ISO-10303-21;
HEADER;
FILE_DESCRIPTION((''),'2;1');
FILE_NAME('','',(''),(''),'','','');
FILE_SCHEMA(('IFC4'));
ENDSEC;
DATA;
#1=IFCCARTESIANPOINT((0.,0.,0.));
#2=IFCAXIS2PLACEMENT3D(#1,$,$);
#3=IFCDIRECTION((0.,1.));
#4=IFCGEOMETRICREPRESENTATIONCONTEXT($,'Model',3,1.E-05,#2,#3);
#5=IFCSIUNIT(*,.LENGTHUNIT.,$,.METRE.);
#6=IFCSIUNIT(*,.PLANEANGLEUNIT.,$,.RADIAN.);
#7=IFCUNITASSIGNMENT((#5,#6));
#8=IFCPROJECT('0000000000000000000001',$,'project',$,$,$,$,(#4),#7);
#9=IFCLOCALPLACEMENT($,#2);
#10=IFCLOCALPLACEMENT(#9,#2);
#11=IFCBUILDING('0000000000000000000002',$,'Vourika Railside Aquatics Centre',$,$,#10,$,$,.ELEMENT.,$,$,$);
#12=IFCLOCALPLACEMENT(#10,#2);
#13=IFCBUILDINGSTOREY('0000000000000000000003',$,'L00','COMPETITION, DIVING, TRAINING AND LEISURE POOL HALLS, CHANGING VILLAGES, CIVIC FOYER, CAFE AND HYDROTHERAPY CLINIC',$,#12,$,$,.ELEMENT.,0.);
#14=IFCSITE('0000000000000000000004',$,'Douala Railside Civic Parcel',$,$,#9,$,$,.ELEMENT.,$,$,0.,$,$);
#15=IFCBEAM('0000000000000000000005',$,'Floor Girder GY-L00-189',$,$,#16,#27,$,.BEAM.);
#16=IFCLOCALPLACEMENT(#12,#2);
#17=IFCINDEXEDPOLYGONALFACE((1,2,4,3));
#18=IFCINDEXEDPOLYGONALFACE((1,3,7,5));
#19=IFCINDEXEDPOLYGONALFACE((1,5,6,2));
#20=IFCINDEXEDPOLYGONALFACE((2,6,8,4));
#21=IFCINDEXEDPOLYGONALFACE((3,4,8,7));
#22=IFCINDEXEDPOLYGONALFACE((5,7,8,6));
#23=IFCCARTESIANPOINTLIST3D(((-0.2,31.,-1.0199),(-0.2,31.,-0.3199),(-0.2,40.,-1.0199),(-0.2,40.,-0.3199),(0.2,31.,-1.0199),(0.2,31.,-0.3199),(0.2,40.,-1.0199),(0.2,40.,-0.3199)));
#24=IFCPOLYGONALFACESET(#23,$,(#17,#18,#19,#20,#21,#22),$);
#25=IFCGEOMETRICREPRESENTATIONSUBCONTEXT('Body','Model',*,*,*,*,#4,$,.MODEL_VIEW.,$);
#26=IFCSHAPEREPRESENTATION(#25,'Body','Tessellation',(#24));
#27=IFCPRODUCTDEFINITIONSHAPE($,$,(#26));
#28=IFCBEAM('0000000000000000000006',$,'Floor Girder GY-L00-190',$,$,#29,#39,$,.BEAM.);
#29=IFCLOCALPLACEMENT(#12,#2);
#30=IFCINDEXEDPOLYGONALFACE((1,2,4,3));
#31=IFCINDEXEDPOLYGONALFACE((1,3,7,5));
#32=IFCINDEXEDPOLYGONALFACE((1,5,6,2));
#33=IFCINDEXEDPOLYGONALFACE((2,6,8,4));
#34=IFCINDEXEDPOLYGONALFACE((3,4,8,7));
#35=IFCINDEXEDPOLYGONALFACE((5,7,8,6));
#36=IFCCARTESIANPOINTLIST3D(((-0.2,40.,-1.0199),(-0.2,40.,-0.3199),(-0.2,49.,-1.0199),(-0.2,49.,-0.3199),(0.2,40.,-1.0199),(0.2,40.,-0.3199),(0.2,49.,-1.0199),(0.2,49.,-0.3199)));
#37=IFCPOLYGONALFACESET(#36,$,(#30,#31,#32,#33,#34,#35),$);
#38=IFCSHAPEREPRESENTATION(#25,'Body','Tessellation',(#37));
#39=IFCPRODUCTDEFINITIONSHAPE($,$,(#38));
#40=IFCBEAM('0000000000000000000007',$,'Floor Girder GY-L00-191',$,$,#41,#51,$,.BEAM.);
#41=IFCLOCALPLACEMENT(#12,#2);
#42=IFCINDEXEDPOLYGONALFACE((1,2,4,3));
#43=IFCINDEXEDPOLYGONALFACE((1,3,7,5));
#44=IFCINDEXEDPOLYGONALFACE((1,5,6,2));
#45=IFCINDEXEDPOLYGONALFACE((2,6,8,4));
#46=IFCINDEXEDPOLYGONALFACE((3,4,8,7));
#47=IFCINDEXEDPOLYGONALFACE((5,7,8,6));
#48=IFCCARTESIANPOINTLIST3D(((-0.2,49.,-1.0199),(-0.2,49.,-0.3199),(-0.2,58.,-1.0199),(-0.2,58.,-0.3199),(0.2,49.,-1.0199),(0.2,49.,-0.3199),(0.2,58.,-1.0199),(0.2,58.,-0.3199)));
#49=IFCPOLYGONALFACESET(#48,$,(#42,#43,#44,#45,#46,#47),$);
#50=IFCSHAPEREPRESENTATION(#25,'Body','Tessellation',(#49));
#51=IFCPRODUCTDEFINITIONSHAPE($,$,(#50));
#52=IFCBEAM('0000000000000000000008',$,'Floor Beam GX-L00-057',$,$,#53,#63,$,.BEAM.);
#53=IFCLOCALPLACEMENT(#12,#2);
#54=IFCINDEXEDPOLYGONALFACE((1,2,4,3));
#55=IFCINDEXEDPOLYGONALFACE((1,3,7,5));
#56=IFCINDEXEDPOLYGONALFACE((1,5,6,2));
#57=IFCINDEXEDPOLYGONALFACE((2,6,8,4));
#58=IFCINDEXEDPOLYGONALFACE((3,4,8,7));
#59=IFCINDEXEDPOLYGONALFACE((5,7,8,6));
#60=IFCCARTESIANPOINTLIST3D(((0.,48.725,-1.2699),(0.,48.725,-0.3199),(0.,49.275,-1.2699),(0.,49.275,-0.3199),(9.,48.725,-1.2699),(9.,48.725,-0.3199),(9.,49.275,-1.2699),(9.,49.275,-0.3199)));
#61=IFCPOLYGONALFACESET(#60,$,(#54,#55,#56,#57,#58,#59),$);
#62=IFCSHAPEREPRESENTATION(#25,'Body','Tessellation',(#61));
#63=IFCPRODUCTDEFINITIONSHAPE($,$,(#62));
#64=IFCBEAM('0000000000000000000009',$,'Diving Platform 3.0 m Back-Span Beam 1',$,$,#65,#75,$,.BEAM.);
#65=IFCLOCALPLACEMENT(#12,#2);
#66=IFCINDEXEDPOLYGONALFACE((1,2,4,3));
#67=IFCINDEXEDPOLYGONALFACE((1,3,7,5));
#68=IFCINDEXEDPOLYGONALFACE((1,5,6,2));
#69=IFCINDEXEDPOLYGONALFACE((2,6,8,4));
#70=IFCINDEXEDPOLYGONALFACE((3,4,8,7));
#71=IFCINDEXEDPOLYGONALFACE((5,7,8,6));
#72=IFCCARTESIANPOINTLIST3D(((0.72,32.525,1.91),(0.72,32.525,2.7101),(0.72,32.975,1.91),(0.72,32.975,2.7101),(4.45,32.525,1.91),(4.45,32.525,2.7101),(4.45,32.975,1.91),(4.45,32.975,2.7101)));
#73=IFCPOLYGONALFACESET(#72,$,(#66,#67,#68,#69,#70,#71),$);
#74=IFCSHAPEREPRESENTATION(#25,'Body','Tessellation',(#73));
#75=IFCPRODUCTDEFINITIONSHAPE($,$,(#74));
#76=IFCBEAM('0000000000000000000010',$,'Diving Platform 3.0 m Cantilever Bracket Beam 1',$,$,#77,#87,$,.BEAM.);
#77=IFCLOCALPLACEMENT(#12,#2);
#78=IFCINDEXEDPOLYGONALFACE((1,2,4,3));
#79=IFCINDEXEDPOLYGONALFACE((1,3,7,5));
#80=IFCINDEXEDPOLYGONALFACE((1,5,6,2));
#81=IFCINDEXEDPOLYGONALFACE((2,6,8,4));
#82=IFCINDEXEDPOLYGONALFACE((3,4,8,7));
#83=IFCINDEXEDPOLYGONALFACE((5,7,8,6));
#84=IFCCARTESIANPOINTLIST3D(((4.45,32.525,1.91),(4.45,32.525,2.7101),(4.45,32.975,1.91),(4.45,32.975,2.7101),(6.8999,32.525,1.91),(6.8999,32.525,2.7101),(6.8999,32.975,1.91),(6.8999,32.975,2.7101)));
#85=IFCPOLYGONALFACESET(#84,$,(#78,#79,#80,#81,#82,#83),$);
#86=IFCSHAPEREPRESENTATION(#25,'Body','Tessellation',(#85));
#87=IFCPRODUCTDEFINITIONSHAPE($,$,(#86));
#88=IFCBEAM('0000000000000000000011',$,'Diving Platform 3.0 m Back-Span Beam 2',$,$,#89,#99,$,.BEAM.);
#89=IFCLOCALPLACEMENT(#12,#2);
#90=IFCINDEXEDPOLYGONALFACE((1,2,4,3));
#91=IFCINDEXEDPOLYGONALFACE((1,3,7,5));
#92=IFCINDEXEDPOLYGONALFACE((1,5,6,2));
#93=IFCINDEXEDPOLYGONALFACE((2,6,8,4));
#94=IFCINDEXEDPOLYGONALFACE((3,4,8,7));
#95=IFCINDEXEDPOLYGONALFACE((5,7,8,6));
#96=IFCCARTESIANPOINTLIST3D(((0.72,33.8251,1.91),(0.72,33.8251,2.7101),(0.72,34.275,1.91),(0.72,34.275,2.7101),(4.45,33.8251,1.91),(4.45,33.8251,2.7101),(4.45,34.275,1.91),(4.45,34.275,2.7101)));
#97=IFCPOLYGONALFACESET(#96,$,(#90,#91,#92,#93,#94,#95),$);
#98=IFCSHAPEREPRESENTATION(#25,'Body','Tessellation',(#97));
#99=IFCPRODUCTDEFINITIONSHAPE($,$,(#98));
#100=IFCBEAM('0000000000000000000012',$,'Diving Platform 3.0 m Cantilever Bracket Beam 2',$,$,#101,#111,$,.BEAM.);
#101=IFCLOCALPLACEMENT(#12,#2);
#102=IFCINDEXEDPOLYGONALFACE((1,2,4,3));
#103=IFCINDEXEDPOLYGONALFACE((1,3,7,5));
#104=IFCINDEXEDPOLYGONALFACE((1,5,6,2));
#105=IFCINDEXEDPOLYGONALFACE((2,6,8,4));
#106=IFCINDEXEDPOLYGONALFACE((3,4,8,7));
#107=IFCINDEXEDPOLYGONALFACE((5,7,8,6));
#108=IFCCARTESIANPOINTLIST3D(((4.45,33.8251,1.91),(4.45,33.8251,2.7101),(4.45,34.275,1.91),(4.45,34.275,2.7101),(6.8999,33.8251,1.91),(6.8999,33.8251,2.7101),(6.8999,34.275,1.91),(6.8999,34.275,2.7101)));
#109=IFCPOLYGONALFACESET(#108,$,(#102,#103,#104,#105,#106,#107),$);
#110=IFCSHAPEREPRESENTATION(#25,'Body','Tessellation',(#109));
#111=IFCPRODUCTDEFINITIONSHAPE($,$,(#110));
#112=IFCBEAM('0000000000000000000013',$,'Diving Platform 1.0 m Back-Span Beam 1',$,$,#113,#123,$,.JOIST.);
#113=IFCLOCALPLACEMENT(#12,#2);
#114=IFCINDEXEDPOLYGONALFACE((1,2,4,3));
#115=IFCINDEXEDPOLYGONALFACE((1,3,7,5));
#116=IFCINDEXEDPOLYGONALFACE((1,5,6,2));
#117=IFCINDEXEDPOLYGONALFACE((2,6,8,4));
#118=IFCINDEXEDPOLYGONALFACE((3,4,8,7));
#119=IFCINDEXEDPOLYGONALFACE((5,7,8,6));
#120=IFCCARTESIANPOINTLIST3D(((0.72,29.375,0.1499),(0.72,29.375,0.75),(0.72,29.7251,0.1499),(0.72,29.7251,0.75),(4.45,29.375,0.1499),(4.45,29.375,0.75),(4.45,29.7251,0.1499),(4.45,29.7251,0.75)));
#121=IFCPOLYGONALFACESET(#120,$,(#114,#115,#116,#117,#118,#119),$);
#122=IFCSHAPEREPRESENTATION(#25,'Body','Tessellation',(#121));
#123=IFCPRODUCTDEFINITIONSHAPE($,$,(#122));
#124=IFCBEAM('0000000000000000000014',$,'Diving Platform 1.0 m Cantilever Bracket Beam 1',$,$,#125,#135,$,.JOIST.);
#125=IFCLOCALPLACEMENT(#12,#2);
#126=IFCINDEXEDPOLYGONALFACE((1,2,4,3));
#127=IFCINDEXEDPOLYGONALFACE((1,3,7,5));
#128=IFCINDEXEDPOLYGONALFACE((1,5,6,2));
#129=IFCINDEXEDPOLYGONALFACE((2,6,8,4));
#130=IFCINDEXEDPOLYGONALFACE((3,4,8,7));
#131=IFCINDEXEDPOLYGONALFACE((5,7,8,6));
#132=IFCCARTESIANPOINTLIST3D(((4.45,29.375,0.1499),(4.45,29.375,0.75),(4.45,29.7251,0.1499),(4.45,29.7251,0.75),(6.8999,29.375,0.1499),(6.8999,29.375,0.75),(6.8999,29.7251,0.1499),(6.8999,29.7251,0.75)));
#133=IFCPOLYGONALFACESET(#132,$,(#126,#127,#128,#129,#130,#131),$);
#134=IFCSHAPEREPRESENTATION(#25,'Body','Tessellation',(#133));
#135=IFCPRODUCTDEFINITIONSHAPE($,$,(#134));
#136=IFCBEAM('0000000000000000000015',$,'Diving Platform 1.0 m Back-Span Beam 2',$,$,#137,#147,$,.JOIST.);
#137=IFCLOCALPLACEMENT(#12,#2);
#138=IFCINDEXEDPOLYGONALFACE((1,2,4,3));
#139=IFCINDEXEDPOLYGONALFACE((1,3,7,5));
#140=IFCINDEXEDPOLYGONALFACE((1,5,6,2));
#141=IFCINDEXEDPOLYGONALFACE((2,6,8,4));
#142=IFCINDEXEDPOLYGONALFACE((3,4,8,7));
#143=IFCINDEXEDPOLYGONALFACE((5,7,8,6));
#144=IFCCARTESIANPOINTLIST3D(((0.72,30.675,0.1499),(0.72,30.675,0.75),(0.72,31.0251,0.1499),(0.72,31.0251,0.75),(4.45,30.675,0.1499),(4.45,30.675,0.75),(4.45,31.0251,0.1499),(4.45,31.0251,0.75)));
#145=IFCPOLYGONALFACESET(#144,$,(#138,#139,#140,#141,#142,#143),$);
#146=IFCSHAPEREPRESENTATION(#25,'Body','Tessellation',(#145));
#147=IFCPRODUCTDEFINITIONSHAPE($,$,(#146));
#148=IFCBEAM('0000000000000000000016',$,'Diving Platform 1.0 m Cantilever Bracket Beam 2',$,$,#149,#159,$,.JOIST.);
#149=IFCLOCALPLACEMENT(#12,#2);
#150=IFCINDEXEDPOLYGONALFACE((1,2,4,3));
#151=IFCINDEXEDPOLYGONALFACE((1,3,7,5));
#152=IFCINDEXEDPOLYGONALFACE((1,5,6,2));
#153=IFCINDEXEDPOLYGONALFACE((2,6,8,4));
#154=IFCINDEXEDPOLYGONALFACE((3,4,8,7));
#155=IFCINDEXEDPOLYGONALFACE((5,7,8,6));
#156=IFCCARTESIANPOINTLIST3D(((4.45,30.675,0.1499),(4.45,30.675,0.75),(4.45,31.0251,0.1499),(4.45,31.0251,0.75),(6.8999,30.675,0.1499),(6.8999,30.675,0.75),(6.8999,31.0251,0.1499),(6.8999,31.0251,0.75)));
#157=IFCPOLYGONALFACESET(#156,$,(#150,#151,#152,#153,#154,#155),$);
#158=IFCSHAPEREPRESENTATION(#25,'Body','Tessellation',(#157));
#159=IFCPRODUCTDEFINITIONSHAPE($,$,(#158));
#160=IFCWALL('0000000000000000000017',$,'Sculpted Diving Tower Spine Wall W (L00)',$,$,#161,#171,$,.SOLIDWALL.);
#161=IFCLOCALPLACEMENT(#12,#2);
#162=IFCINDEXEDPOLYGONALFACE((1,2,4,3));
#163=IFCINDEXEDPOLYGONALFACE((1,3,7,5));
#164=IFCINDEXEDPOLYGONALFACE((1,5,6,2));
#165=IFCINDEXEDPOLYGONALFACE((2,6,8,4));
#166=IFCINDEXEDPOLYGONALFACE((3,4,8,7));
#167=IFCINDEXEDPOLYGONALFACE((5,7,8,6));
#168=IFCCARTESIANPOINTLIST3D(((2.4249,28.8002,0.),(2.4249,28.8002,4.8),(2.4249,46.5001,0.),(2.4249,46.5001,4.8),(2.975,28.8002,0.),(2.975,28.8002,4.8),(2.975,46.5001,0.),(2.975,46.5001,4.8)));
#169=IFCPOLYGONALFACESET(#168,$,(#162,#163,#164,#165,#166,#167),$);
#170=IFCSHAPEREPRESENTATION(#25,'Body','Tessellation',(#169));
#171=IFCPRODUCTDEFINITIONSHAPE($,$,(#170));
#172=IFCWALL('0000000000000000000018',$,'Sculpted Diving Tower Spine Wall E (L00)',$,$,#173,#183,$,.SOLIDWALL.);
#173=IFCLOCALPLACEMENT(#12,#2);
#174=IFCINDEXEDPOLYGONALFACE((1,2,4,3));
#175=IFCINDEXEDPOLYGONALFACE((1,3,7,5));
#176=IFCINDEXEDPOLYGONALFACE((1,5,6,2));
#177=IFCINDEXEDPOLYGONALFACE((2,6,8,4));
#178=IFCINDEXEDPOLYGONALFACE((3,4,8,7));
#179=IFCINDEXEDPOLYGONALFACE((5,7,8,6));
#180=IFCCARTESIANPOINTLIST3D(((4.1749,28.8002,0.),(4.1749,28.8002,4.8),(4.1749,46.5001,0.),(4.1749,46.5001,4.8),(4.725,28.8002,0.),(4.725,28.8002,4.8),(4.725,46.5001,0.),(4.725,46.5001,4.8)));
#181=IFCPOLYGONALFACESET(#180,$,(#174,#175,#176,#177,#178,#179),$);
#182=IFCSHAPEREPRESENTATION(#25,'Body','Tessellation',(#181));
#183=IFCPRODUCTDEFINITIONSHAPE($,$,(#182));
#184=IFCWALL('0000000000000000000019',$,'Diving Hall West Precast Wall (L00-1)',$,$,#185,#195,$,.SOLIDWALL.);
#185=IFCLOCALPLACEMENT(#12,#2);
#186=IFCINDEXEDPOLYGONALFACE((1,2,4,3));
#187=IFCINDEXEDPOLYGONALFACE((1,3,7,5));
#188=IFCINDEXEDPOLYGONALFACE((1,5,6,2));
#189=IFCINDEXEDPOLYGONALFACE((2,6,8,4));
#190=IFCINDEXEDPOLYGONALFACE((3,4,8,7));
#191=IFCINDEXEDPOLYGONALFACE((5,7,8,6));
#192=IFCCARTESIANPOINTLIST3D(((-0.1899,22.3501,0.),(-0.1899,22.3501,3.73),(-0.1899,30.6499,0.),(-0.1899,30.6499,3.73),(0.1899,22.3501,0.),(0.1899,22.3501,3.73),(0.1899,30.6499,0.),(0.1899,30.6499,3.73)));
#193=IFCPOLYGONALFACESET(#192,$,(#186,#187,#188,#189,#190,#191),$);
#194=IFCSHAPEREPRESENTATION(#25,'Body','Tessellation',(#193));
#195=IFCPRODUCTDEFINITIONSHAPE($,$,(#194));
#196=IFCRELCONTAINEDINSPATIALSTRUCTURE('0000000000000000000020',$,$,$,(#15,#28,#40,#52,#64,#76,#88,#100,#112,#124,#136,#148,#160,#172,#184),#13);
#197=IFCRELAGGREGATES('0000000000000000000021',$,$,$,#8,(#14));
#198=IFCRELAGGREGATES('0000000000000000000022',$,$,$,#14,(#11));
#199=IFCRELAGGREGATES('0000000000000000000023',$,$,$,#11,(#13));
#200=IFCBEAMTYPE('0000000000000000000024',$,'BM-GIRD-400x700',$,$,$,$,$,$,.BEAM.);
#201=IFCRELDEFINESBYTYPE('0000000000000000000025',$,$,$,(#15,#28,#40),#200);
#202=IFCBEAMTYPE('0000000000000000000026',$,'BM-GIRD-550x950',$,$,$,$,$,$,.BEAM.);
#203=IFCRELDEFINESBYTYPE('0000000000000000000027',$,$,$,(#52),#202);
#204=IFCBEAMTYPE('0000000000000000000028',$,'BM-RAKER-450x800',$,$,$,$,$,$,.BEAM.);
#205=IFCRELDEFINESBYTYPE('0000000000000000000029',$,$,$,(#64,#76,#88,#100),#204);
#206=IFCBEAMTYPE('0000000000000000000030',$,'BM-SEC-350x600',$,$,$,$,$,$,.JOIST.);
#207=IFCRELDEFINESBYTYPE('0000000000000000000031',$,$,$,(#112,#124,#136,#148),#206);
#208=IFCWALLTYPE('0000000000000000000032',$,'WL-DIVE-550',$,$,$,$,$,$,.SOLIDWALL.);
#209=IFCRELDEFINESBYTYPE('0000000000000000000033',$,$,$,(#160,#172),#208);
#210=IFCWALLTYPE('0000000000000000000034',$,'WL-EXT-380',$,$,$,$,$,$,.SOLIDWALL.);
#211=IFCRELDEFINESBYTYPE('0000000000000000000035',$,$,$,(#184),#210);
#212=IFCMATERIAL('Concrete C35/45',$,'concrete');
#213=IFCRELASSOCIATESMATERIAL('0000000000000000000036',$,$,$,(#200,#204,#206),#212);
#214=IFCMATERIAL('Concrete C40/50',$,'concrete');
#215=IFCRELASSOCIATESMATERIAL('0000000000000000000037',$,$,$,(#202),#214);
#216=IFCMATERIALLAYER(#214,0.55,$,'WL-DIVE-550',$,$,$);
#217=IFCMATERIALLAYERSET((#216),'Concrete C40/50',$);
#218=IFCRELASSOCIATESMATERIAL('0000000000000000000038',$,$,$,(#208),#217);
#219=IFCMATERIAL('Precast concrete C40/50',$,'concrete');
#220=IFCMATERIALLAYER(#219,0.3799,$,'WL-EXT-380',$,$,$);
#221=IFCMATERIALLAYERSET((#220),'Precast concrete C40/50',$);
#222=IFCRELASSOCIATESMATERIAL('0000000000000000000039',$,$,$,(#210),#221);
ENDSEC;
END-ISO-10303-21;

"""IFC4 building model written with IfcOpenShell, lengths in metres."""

from ifc_helpers import new_model, si_unit, direction, frame, frame_2d, origin, origin_2d, place, context, subcontext, project, spatial, rectangle, extrude, material, layer, layer_set, material_profile, profile_set, type_object, element, save


model = new_model("IFC4")

# Units and contexts
model_context = context("Model", 3, precision=1e-05, world=origin(), true_north=direction((0.0, 1.0)))
body_context = subcontext(model_context, "Body", "Model", "MODEL_VIEW")
ifc_project = project(units=[si_unit("LENGTHUNIT", "METRE"), si_unit("PLANEANGLEUNIT", "RADIAN")], contexts=[model_context])

# Site, building, storey
site_placement = place(None, origin())
site = spatial("IfcSite", under=ifc_project, at=site_placement, Name="Douala Railside Civic Parcel", CompositionType="ELEMENT", RefElevation=0.0)
building_placement = place(site_placement, origin())
building = spatial("IfcBuilding", under=site, at=building_placement, Name="Vourika Railside Aquatics Centre", CompositionType="ELEMENT")
storey_placement = place(building_placement, origin())
storey = spatial("IfcBuildingStorey", under=building, at=storey_placement, Name="L00", Description="COMPETITION, DIVING, TRAINING AND LEISURE POOL HALLS, CHANGING VILLAGES, CIVIC FOYER, CAFE AND HYDROTHERAPY CLINIC", CompositionType="ELEMENT", Elevation=0.0)

# Shared definitions
ifc_material_1 = material(Name="Concrete C35/45", Category="concrete")
ifc_material_2 = material(Name="Concrete C40/50", Category="concrete")

# Beams
ifc_material_profile_1 = material_profile(ifc_material_1, rectangle(XDim=0.3999, YDim=0.7, at=origin_2d()), Name="RC 400x700")
ifc_profile_set_1 = profile_set([ifc_material_profile_1], Name="Concrete C35/45")
beam_type_1 = type_object("IfcBeamType", Name="BM-GIRD-400x700", PredefinedType="BEAM", material=ifc_profile_set_1)
for number, where, z_axis, x_axis, name in (
    (1, (0.0, 31.0, -0.6699), (0.0, 1.0, 0.0), (-1.0, 0.0, 0.0), "Floor Girder GY-L00-189"),
    (2, (0.0, 40.0, -0.6699), (0.0, 1.0, 0.0), (-1.0, 0.0, 0.0), "Floor Girder GY-L00-190"),
    (3, (0.0, 49.0, -0.6699), (0.0, 1.0, 0.0), (-1.0, 0.0, 0.0), "Floor Girder GY-L00-191"),
):
    element("IfcBeam", number, at=place(storey_placement, frame(where, z_axis=z_axis, x_axis=x_axis)), inside=storey, type_object=beam_type_1, Name=name, PredefinedType="BEAM", context=body_context, shape_type="SweptSolid", body=[
        extrude(rectangle(XDim=0.3999, YDim=0.7, at=origin_2d()), origin(), (0.0, 0.0, 1.0), 9.0),
    ])
ifc_material_profile_2 = material_profile(ifc_material_2, rectangle(XDim=0.55, YDim=0.95, at=origin_2d()), Name="RC 550x950")
ifc_profile_set_2 = profile_set([ifc_material_profile_2], Name="Concrete C40/50")
beam_type_2 = type_object("IfcBeamType", Name="BM-GIRD-550x950", PredefinedType="BEAM", material=ifc_profile_set_2)
beam_1_placement = place(storey_placement, frame((0.0, 49.0, -0.7949), z_axis=(1.0, 0.0, 0.0), x_axis=(0.0, 1.0, 0.0)))
element("IfcBeam", 4, at=beam_1_placement, inside=storey, type_object=beam_type_2, Name="Floor Beam GX-L00-057", PredefinedType="BEAM", context=body_context, shape_type="SweptSolid", body=[
    extrude(rectangle(XDim=0.55, YDim=0.95, at=origin_2d()), origin(), (0.0, 0.0, 1.0), 9.0),
])
ifc_material_profile_3 = material_profile(ifc_material_1, rectangle(XDim=0.45, YDim=0.8, at=origin_2d()), Name="RC 450x800")
ifc_profile_set_3 = profile_set([ifc_material_profile_3], Name="Concrete C35/45")
beam_type_3 = type_object("IfcBeamType", Name="BM-RAKER-450x800", PredefinedType="BEAM", material=ifc_profile_set_3)
beam_2_placement = place(storey_placement, frame((0.72, 32.75, 2.3101), z_axis=(1.0, 0.0, 0.0), x_axis=(0.0, 1.0, 0.0)))
element("IfcBeam", 5, at=beam_2_placement, inside=storey, type_object=beam_type_3, Name="Diving Platform 3.0 m Back-Span Beam 1", PredefinedType="BEAM", context=body_context, shape_type="SweptSolid", body=[
    extrude(rectangle(XDim=0.45, YDim=0.8, at=origin_2d()), origin(), (0.0, 0.0, 1.0), 3.73),
])
beam_3_placement = place(storey_placement, frame((4.45, 32.75, 2.3101), z_axis=(1.0, 0.0, 0.0), x_axis=(0.0, 1.0, 0.0)))
element("IfcBeam", 6, at=beam_3_placement, inside=storey, type_object=beam_type_3, Name="Diving Platform 3.0 m Cantilever Bracket Beam 1", PredefinedType="BEAM", context=body_context, shape_type="SweptSolid", body=[
    extrude(rectangle(XDim=0.45, YDim=0.8, at=origin_2d()), origin(), (0.0, 0.0, 1.0), 2.45),
])
beam_4_placement = place(storey_placement, frame((0.72, 34.05, 2.3101), z_axis=(1.0, 0.0, 0.0), x_axis=(0.0, 1.0, 0.0)))
element("IfcBeam", 7, at=beam_4_placement, inside=storey, type_object=beam_type_3, Name="Diving Platform 3.0 m Back-Span Beam 2", PredefinedType="BEAM", context=body_context, shape_type="SweptSolid", body=[
    extrude(rectangle(XDim=0.45, YDim=0.8, at=origin_2d()), origin(), (0.0, 0.0, 1.0), 3.73),
])
beam_5_placement = place(storey_placement, frame((4.45, 34.05, 2.3101), z_axis=(1.0, 0.0, 0.0), x_axis=(0.0, 1.0, 0.0)))
element("IfcBeam", 8, at=beam_5_placement, inside=storey, type_object=beam_type_3, Name="Diving Platform 3.0 m Cantilever Bracket Beam 2", PredefinedType="BEAM", context=body_context, shape_type="SweptSolid", body=[
    extrude(rectangle(XDim=0.45, YDim=0.8, at=origin_2d()), origin(), (0.0, 0.0, 1.0), 2.45),
])
ifc_material_profile_4 = material_profile(ifc_material_1, rectangle(XDim=0.3501, YDim=0.6001, at=origin_2d()), Name="RC 350x600")
ifc_profile_set_4 = profile_set([ifc_material_profile_4], Name="Concrete C35/45")
beam_type_4 = type_object("IfcBeamType", Name="BM-SEC-350x600", PredefinedType="JOIST", material=ifc_profile_set_4)
beam_6_placement = place(storey_placement, frame((0.72, 29.55, 0.45), z_axis=(1.0, 0.0, 0.0), x_axis=(0.0, 1.0, 0.0)))
element("IfcBeam", 9, at=beam_6_placement, inside=storey, type_object=beam_type_4, Name="Diving Platform 1.0 m Back-Span Beam 1", PredefinedType="JOIST", context=body_context, shape_type="SweptSolid", body=[
    extrude(rectangle(XDim=0.3501, YDim=0.6001, at=origin_2d()), origin(), (0.0, 0.0, 1.0), 3.73),
])
beam_7_placement = place(storey_placement, frame((4.45, 29.55, 0.45), z_axis=(1.0, 0.0, 0.0), x_axis=(0.0, 1.0, 0.0)))
element("IfcBeam", 10, at=beam_7_placement, inside=storey, type_object=beam_type_4, Name="Diving Platform 1.0 m Cantilever Bracket Beam 1", PredefinedType="JOIST", context=body_context, shape_type="SweptSolid", body=[
    extrude(rectangle(XDim=0.3501, YDim=0.6001, at=origin_2d()), origin(), (0.0, 0.0, 1.0), 2.45),
])
beam_8_placement = place(storey_placement, frame((0.72, 30.8501, 0.45), z_axis=(1.0, 0.0, 0.0), x_axis=(0.0, 1.0, 0.0)))
element("IfcBeam", 11, at=beam_8_placement, inside=storey, type_object=beam_type_4, Name="Diving Platform 1.0 m Back-Span Beam 2", PredefinedType="JOIST", context=body_context, shape_type="SweptSolid", body=[
    extrude(rectangle(XDim=0.3501, YDim=0.6001, at=origin_2d()), origin(), (0.0, 0.0, 1.0), 3.73),
])
beam_9_placement = place(storey_placement, frame((4.45, 30.8501, 0.45), z_axis=(1.0, 0.0, 0.0), x_axis=(0.0, 1.0, 0.0)))
element("IfcBeam", 12, at=beam_9_placement, inside=storey, type_object=beam_type_4, Name="Diving Platform 1.0 m Cantilever Bracket Beam 2", PredefinedType="JOIST", context=body_context, shape_type="SweptSolid", body=[
    extrude(rectangle(XDim=0.3501, YDim=0.6001, at=origin_2d()), origin(), (0.0, 0.0, 1.0), 2.45),
])

# Walls
ifc_layer_1 = layer(ifc_material_2, 0.55, Name="WL-DIVE-550")
ifc_layer_set_1 = layer_set([ifc_layer_1], Name="Concrete C40/50")
wall_type_1 = type_object("IfcWallType", Name="WL-DIVE-550", PredefinedType="SOLIDWALL", material=ifc_layer_set_1)
for number, where, z_axis, x_axis, name in (
    (13, (2.7, 28.8, 0.0), (0.0, 0.0, 1.0), (0.0, 1.0, 0.0), "Sculpted Diving Tower Spine Wall W (L00)"),
    (14, (4.45, 28.8, 0.0), (0.0, 0.0, 1.0), (0.0, 1.0, 0.0), "Sculpted Diving Tower Spine Wall E (L00)"),
):
    element("IfcWall", number, at=place(storey_placement, frame(where, z_axis=z_axis, x_axis=x_axis)), inside=storey, type_object=wall_type_1, Name=name, PredefinedType="SOLIDWALL", context=body_context, shape_type="SweptSolid", body=[
        extrude(rectangle(XDim=17.7, YDim=0.55, at=frame_2d((8.8501, 0.0))), origin(), (0.0, 0.0, 1.0), 4.8),
    ])
ifc_material_3 = material(Name="Precast concrete C40/50", Category="concrete")
ifc_layer_2 = layer(ifc_material_3, 0.3799, Name="WL-EXT-380")
ifc_layer_set_2 = layer_set([ifc_layer_2], Name="Precast concrete C40/50")
wall_type_2 = type_object("IfcWallType", Name="WL-EXT-380", PredefinedType="SOLIDWALL", material=ifc_layer_set_2)
for number, where, z_axis, x_axis, name in (
    (15, (0.0, 30.6499, 0.0), (0.0, 0.0, 1.0), (0.0, -1.0, 0.0), "Diving Hall West Precast Wall (L00-1)"),
):
    element("IfcWall", number, at=place(storey_placement, frame(where, z_axis=z_axis, x_axis=x_axis)), inside=storey, type_object=wall_type_2, Name=name, PredefinedType="SOLIDWALL", context=body_context, shape_type="SweptSolid", body=[
        extrude(rectangle(XDim=8.2998, YDim=0.3799, at=frame_2d((4.1499, 0.0))), origin(), (0.0, 0.0, 1.0), 3.73),
    ])

save(model, "model.ifc")
